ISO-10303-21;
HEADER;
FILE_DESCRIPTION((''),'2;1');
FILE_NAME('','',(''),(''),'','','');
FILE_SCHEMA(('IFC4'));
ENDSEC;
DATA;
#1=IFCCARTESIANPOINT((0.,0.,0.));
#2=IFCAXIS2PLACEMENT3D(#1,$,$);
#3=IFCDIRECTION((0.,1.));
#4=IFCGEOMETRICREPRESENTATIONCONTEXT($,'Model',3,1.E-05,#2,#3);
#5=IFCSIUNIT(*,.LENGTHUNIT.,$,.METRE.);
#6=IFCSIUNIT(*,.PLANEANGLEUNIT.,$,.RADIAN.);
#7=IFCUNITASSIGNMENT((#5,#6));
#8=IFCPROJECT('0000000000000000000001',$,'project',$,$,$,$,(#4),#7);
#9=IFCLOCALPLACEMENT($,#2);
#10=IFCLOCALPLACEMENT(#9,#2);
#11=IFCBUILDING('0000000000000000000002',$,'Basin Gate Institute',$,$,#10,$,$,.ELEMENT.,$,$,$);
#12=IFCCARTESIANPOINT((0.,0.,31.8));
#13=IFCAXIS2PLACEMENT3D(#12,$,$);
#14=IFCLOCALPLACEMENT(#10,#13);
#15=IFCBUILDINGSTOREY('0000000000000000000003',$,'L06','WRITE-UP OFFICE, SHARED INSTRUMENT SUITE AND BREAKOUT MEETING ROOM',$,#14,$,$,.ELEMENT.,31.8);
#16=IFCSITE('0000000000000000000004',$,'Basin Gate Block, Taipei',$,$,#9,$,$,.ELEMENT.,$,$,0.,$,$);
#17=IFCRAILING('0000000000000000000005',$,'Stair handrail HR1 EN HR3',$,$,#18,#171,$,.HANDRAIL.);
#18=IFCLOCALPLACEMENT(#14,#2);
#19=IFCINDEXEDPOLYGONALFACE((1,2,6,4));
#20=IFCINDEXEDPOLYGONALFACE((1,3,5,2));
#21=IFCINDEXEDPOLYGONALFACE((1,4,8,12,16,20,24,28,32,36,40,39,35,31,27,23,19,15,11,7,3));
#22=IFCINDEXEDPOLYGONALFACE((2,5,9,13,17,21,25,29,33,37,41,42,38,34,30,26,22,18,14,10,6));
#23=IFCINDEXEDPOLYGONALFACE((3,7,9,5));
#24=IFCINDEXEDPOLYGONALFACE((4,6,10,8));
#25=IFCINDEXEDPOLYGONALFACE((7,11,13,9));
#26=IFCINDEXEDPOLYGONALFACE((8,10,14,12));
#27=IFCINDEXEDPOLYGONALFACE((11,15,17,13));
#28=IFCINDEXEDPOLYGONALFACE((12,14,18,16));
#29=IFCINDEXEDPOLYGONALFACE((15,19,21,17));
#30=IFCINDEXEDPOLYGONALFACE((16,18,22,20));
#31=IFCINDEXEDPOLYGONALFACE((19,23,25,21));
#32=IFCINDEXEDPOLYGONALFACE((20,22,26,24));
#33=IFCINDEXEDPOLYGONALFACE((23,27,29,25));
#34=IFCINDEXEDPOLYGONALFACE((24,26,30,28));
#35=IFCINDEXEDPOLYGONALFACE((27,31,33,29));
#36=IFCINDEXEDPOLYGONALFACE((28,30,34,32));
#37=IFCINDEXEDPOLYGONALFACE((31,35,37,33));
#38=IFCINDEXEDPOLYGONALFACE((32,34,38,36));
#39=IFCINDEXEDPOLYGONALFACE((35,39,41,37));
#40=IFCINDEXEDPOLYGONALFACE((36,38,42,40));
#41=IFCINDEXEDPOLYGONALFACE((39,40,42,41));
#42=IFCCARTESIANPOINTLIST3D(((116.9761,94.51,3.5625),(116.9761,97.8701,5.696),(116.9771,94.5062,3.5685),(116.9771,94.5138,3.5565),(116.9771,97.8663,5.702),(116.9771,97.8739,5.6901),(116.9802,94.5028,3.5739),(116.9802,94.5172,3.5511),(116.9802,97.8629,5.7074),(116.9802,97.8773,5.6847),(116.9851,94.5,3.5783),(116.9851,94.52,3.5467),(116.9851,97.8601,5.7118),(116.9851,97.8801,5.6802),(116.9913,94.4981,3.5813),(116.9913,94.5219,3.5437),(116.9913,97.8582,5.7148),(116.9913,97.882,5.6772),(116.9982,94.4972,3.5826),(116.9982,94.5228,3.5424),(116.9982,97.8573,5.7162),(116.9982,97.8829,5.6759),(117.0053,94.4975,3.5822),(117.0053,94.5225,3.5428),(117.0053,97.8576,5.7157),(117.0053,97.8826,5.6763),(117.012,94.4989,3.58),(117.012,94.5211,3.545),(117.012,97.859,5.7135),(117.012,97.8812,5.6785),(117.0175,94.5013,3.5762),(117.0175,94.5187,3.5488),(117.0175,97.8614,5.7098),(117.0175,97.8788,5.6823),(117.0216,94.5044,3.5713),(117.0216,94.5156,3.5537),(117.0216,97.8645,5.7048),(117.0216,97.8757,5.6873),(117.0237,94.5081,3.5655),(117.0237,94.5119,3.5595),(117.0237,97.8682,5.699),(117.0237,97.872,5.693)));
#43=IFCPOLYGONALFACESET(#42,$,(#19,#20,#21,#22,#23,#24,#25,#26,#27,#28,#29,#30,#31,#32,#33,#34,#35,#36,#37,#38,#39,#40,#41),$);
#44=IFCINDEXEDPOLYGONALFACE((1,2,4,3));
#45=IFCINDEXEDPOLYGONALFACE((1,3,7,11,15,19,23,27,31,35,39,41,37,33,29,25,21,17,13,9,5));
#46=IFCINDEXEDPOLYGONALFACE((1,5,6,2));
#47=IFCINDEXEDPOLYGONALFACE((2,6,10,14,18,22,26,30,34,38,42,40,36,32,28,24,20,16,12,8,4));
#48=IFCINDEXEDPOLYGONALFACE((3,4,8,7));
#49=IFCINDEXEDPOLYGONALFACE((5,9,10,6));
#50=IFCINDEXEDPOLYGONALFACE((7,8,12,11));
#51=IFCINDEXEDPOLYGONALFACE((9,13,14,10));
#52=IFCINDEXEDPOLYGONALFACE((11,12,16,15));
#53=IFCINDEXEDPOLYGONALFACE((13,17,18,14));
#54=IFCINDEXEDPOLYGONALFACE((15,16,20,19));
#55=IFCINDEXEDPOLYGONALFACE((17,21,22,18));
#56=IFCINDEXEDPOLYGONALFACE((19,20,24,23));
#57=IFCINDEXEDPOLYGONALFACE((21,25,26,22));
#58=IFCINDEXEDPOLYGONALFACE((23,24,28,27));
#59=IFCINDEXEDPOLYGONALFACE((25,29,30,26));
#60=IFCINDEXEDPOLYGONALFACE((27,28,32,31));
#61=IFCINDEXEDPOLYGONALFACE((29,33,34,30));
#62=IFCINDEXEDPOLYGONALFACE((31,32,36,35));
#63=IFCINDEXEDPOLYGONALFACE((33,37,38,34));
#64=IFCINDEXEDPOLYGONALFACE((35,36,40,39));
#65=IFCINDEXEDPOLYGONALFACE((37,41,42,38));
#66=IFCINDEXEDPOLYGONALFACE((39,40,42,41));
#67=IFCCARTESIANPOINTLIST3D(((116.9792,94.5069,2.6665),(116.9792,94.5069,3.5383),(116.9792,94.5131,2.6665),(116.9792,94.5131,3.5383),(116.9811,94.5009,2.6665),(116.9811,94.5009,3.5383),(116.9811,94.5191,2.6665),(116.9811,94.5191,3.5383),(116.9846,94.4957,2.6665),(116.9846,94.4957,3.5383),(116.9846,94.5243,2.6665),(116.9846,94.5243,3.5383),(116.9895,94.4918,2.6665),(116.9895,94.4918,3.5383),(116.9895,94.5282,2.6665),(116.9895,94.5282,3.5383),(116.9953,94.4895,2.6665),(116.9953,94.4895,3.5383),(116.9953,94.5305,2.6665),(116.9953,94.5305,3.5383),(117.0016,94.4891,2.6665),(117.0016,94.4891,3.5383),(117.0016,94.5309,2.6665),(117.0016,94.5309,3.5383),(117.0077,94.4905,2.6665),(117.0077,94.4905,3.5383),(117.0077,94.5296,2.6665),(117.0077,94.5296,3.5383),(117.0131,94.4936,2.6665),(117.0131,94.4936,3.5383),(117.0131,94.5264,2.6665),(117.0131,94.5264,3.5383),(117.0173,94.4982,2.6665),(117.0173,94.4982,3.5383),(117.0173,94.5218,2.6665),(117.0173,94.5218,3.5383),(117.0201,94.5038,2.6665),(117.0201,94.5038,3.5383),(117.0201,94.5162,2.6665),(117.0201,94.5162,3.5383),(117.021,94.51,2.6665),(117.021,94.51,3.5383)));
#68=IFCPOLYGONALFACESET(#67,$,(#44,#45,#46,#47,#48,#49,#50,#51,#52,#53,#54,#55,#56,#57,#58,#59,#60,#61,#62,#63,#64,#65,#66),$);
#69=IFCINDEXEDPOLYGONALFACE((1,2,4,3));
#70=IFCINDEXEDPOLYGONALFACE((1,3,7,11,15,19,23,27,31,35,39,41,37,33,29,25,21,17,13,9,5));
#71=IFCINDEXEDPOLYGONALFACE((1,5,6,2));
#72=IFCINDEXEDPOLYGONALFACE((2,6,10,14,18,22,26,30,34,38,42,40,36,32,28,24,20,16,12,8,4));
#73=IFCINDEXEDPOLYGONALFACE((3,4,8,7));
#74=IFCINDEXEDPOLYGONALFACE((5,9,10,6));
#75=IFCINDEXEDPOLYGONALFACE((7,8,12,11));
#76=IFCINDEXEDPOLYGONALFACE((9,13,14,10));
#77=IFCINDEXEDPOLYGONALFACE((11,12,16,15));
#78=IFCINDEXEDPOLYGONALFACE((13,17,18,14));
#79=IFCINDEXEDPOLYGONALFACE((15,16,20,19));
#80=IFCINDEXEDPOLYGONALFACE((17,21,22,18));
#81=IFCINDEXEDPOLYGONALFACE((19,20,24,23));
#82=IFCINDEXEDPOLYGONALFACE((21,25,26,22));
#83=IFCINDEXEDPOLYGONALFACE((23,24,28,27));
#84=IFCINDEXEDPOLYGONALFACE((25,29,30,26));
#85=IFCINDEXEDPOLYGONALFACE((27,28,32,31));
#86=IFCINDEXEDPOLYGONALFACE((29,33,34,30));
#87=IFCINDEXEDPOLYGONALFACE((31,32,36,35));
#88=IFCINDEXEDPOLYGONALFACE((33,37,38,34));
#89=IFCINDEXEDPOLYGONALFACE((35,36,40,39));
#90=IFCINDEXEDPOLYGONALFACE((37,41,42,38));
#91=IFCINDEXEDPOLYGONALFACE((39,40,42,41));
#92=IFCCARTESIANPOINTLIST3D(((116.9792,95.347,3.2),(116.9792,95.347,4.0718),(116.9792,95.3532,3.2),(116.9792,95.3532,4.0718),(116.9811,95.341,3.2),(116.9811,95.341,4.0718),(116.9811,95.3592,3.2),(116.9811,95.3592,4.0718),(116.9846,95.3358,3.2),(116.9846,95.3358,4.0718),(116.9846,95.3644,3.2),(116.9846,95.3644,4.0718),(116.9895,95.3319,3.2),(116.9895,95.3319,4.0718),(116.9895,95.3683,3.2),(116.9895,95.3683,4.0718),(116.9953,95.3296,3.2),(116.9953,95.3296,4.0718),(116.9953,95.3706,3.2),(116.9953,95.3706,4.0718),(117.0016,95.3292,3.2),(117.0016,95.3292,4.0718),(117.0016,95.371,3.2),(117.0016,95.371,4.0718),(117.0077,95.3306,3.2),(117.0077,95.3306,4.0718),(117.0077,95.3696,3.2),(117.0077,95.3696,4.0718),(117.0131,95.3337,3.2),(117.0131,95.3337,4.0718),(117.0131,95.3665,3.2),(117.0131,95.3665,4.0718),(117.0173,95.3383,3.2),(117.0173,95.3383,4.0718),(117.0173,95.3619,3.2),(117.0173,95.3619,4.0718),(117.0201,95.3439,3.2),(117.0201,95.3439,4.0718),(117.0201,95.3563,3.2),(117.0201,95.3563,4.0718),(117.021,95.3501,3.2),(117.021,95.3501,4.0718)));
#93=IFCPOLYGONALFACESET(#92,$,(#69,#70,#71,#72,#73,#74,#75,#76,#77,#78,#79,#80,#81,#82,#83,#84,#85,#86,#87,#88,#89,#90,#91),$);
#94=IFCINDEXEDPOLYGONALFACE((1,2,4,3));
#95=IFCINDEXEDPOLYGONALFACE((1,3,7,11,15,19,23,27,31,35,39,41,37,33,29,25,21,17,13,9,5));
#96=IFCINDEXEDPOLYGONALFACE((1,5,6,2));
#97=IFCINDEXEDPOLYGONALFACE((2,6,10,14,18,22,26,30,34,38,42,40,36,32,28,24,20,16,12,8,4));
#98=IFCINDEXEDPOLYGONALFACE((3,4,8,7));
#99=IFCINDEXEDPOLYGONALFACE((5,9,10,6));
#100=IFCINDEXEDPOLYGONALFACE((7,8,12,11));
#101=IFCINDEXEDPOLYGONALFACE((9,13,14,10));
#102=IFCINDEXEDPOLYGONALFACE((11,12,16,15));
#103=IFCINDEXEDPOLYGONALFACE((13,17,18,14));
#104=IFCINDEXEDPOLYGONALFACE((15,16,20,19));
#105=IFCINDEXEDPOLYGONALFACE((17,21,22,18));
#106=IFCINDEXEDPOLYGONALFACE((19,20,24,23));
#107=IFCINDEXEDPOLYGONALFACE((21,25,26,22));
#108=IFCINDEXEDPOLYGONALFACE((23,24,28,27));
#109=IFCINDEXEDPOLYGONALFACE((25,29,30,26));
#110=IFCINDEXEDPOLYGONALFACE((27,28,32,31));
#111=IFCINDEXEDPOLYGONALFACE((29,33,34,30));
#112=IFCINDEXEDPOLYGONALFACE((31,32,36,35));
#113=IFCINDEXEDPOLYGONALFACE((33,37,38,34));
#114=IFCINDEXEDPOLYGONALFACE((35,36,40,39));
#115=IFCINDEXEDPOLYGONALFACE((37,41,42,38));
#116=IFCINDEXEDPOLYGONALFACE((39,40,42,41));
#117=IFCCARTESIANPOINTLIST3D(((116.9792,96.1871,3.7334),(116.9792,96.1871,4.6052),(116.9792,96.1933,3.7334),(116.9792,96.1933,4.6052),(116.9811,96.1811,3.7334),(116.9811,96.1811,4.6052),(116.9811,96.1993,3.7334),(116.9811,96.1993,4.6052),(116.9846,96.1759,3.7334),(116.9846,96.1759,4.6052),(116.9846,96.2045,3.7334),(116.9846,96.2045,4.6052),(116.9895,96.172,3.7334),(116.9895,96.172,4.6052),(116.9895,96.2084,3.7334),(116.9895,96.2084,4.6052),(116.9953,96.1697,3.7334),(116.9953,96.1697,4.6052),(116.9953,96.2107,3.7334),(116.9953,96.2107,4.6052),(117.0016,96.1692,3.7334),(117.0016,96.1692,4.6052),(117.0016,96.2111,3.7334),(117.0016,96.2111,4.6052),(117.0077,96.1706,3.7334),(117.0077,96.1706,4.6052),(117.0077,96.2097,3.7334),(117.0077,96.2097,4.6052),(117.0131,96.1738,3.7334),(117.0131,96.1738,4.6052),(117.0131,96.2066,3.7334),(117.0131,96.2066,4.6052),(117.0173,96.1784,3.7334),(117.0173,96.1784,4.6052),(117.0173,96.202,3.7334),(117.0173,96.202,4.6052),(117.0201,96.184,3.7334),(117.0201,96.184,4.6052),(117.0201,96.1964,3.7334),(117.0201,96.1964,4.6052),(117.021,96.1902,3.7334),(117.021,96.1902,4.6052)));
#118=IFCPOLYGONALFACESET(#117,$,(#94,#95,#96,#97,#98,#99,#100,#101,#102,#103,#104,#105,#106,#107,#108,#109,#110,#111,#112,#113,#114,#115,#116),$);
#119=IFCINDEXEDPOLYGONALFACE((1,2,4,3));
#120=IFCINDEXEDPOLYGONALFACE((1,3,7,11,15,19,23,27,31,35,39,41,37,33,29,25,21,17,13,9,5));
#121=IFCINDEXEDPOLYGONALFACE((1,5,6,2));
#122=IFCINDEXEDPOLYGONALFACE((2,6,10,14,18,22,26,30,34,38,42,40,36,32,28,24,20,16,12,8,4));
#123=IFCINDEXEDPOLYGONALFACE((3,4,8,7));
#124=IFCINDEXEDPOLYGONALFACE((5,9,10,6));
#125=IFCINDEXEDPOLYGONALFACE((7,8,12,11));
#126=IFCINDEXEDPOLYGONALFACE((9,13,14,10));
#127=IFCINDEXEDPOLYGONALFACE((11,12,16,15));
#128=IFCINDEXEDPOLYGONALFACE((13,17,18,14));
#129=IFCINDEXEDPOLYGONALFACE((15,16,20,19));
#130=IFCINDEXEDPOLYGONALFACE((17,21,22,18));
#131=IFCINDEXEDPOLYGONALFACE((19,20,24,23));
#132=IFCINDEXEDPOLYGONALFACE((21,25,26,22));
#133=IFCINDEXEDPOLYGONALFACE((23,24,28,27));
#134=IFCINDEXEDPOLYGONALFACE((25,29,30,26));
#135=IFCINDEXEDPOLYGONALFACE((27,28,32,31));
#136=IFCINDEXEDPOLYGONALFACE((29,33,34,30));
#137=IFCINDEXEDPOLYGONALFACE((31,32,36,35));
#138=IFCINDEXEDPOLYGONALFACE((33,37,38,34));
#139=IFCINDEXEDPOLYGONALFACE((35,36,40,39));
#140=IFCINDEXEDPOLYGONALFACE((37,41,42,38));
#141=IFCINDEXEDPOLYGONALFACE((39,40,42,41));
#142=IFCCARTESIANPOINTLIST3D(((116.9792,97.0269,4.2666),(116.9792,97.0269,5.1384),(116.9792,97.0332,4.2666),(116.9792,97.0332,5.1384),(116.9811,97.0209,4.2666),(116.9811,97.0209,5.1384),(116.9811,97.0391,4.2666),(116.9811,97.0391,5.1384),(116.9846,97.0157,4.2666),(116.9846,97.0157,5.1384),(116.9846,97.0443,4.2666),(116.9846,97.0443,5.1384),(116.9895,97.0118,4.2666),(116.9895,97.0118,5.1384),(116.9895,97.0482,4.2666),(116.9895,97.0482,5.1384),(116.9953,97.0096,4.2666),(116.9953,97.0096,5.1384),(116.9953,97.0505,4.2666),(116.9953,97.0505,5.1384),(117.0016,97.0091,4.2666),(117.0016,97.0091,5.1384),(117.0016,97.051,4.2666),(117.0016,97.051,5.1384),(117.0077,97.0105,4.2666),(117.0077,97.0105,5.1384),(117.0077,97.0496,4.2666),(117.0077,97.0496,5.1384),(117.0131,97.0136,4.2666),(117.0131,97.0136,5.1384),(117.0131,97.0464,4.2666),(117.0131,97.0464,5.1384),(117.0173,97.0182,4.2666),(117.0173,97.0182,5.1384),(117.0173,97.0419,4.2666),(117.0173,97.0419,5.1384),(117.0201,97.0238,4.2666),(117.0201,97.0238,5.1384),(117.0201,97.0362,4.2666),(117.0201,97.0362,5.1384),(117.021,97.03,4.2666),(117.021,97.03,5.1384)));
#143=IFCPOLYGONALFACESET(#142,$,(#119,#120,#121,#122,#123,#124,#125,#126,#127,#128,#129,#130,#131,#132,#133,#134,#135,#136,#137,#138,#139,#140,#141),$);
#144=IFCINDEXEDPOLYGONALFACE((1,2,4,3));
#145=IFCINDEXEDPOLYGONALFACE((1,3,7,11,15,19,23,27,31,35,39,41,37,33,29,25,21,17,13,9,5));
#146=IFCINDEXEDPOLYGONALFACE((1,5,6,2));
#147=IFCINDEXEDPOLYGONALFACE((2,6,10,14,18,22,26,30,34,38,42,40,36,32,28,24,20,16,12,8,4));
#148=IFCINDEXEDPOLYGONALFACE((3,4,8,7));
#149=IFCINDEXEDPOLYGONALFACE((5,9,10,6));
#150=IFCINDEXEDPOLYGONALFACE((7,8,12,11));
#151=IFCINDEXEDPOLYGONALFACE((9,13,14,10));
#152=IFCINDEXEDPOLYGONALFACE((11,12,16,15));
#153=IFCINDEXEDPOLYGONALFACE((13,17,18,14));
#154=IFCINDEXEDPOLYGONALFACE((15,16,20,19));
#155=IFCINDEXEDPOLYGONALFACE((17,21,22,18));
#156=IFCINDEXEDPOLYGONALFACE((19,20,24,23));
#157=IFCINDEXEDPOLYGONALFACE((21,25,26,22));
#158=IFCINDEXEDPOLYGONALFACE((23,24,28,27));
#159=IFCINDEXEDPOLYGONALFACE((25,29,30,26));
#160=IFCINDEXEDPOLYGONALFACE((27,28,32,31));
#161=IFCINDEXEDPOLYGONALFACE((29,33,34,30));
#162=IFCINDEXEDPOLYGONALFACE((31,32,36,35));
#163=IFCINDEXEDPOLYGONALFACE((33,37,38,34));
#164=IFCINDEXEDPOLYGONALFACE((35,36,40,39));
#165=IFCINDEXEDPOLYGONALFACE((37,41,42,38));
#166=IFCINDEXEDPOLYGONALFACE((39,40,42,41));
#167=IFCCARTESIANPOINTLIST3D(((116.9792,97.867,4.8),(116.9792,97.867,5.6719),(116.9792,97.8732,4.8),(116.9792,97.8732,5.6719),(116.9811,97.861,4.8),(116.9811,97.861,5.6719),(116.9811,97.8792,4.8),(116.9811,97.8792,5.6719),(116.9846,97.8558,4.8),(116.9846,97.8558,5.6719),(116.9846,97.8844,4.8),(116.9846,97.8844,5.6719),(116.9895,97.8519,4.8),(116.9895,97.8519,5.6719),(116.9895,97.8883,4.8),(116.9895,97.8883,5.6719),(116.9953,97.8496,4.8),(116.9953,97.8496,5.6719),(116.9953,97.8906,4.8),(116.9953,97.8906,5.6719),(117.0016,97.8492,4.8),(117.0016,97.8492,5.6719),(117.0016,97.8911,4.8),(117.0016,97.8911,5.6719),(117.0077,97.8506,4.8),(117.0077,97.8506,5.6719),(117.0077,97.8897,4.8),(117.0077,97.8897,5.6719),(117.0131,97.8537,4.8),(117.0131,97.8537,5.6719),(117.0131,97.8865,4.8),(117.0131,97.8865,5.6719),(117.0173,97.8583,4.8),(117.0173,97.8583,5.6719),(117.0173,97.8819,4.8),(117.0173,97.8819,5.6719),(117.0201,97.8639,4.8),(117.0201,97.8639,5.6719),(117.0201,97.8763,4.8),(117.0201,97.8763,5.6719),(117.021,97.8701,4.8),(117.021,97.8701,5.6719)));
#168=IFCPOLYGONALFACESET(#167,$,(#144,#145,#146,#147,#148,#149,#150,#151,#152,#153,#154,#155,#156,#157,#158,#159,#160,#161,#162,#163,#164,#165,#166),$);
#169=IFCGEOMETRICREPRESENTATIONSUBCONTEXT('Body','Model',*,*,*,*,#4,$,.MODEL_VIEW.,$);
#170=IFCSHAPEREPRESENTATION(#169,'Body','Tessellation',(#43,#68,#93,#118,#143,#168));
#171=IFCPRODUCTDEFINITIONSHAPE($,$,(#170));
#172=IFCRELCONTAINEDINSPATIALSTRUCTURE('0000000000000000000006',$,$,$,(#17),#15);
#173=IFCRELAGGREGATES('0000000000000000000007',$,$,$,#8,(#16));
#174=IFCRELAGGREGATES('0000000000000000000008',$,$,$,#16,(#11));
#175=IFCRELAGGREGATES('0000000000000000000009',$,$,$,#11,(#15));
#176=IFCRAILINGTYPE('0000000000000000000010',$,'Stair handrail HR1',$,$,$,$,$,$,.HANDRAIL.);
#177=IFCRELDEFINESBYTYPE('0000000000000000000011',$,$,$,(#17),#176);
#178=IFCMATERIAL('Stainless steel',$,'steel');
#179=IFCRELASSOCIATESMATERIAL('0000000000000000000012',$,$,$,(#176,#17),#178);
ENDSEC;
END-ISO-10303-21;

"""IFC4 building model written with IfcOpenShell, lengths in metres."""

from ifc_helpers import new_model, si_unit, direction, frame, origin, origin_2d, place, context, subcontext, project, spatial, circle, extrude, material, type_object, element, save


model = new_model("IFC4")

# Units and contexts
model_context = context("Model", 3, precision=1e-05, world=origin(), true_north=direction((0.0, 1.0)))
body_context = subcontext(model_context, "Body", "Model", "MODEL_VIEW")
ifc_project = project(units=[si_unit("LENGTHUNIT", "METRE"), si_unit("PLANEANGLEUNIT", "RADIAN")], contexts=[model_context])

# Site, building, storey
site_placement = place(None, origin())
site = spatial("IfcSite", under=ifc_project, at=site_placement, Name="Basin Gate Block, Taipei", CompositionType="ELEMENT", RefElevation=0.0)
building_placement = place(site_placement, origin())
building = spatial("IfcBuilding", under=site, at=building_placement, Name="Basin Gate Institute", CompositionType="ELEMENT")
storey_placement = place(building_placement, frame((0.0, 0.0, 31.8)))
storey = spatial("IfcBuildingStorey", under=building, at=storey_placement, Name="L06", Description="WRITE-UP OFFICE, SHARED INSTRUMENT SUITE AND BREAKOUT MEETING ROOM", CompositionType="ELEMENT", Elevation=31.8)

# Railing
ifc_material_1 = material(Name="Stainless steel", Category="steel")
railing_type_1 = type_object("IfcRailingType", Name="Stair handrail HR1", PredefinedType="HANDRAIL", material=ifc_material_1)
railing_1_placement = place(storey_placement, frame((117.0, 94.51, 2.6665)))
element("IfcRailing", 1, at=railing_1_placement, inside=storey, type_object=railing_type_1, material=ifc_material_1, Name="Stair handrail HR1 EN HR3", PredefinedType="HANDRAIL", context=body_context, shape_type="SweptSolid", body=[
    extrude(circle(Radius=0.0239, at=origin_2d()), frame((0.0, 0.0, 0.896), z_axis=(0.0, 0.844197, 0.536034), x_axis=(-1.0, 0.0, 0.0)), (0.0, 0.0, 1.0), 3.9802),
    extrude(circle(Radius=0.021, at=origin_2d()), origin(), (0.0, 0.0, 1.0), 0.8718),
    extrude(circle(Radius=0.021, at=origin_2d()), frame((0.0, 0.8401, 0.5334)), (0.0, 0.0, 1.0), 0.8718),
    extrude(circle(Radius=0.021, at=origin_2d()), frame((0.0, 1.6802, 1.0669)), (0.0, 0.0, 1.0), 0.8718),
    extrude(circle(Radius=0.021, at=origin_2d()), frame((0.0, 2.52, 1.6001)), (0.0, 0.0, 1.0), 0.8718),
    extrude(circle(Radius=0.021, at=origin_2d()), frame((0.0, 3.3601, 2.1335)), (0.0, 0.0, 1.0), 0.8718),
])

save(model, "model.ifc")
